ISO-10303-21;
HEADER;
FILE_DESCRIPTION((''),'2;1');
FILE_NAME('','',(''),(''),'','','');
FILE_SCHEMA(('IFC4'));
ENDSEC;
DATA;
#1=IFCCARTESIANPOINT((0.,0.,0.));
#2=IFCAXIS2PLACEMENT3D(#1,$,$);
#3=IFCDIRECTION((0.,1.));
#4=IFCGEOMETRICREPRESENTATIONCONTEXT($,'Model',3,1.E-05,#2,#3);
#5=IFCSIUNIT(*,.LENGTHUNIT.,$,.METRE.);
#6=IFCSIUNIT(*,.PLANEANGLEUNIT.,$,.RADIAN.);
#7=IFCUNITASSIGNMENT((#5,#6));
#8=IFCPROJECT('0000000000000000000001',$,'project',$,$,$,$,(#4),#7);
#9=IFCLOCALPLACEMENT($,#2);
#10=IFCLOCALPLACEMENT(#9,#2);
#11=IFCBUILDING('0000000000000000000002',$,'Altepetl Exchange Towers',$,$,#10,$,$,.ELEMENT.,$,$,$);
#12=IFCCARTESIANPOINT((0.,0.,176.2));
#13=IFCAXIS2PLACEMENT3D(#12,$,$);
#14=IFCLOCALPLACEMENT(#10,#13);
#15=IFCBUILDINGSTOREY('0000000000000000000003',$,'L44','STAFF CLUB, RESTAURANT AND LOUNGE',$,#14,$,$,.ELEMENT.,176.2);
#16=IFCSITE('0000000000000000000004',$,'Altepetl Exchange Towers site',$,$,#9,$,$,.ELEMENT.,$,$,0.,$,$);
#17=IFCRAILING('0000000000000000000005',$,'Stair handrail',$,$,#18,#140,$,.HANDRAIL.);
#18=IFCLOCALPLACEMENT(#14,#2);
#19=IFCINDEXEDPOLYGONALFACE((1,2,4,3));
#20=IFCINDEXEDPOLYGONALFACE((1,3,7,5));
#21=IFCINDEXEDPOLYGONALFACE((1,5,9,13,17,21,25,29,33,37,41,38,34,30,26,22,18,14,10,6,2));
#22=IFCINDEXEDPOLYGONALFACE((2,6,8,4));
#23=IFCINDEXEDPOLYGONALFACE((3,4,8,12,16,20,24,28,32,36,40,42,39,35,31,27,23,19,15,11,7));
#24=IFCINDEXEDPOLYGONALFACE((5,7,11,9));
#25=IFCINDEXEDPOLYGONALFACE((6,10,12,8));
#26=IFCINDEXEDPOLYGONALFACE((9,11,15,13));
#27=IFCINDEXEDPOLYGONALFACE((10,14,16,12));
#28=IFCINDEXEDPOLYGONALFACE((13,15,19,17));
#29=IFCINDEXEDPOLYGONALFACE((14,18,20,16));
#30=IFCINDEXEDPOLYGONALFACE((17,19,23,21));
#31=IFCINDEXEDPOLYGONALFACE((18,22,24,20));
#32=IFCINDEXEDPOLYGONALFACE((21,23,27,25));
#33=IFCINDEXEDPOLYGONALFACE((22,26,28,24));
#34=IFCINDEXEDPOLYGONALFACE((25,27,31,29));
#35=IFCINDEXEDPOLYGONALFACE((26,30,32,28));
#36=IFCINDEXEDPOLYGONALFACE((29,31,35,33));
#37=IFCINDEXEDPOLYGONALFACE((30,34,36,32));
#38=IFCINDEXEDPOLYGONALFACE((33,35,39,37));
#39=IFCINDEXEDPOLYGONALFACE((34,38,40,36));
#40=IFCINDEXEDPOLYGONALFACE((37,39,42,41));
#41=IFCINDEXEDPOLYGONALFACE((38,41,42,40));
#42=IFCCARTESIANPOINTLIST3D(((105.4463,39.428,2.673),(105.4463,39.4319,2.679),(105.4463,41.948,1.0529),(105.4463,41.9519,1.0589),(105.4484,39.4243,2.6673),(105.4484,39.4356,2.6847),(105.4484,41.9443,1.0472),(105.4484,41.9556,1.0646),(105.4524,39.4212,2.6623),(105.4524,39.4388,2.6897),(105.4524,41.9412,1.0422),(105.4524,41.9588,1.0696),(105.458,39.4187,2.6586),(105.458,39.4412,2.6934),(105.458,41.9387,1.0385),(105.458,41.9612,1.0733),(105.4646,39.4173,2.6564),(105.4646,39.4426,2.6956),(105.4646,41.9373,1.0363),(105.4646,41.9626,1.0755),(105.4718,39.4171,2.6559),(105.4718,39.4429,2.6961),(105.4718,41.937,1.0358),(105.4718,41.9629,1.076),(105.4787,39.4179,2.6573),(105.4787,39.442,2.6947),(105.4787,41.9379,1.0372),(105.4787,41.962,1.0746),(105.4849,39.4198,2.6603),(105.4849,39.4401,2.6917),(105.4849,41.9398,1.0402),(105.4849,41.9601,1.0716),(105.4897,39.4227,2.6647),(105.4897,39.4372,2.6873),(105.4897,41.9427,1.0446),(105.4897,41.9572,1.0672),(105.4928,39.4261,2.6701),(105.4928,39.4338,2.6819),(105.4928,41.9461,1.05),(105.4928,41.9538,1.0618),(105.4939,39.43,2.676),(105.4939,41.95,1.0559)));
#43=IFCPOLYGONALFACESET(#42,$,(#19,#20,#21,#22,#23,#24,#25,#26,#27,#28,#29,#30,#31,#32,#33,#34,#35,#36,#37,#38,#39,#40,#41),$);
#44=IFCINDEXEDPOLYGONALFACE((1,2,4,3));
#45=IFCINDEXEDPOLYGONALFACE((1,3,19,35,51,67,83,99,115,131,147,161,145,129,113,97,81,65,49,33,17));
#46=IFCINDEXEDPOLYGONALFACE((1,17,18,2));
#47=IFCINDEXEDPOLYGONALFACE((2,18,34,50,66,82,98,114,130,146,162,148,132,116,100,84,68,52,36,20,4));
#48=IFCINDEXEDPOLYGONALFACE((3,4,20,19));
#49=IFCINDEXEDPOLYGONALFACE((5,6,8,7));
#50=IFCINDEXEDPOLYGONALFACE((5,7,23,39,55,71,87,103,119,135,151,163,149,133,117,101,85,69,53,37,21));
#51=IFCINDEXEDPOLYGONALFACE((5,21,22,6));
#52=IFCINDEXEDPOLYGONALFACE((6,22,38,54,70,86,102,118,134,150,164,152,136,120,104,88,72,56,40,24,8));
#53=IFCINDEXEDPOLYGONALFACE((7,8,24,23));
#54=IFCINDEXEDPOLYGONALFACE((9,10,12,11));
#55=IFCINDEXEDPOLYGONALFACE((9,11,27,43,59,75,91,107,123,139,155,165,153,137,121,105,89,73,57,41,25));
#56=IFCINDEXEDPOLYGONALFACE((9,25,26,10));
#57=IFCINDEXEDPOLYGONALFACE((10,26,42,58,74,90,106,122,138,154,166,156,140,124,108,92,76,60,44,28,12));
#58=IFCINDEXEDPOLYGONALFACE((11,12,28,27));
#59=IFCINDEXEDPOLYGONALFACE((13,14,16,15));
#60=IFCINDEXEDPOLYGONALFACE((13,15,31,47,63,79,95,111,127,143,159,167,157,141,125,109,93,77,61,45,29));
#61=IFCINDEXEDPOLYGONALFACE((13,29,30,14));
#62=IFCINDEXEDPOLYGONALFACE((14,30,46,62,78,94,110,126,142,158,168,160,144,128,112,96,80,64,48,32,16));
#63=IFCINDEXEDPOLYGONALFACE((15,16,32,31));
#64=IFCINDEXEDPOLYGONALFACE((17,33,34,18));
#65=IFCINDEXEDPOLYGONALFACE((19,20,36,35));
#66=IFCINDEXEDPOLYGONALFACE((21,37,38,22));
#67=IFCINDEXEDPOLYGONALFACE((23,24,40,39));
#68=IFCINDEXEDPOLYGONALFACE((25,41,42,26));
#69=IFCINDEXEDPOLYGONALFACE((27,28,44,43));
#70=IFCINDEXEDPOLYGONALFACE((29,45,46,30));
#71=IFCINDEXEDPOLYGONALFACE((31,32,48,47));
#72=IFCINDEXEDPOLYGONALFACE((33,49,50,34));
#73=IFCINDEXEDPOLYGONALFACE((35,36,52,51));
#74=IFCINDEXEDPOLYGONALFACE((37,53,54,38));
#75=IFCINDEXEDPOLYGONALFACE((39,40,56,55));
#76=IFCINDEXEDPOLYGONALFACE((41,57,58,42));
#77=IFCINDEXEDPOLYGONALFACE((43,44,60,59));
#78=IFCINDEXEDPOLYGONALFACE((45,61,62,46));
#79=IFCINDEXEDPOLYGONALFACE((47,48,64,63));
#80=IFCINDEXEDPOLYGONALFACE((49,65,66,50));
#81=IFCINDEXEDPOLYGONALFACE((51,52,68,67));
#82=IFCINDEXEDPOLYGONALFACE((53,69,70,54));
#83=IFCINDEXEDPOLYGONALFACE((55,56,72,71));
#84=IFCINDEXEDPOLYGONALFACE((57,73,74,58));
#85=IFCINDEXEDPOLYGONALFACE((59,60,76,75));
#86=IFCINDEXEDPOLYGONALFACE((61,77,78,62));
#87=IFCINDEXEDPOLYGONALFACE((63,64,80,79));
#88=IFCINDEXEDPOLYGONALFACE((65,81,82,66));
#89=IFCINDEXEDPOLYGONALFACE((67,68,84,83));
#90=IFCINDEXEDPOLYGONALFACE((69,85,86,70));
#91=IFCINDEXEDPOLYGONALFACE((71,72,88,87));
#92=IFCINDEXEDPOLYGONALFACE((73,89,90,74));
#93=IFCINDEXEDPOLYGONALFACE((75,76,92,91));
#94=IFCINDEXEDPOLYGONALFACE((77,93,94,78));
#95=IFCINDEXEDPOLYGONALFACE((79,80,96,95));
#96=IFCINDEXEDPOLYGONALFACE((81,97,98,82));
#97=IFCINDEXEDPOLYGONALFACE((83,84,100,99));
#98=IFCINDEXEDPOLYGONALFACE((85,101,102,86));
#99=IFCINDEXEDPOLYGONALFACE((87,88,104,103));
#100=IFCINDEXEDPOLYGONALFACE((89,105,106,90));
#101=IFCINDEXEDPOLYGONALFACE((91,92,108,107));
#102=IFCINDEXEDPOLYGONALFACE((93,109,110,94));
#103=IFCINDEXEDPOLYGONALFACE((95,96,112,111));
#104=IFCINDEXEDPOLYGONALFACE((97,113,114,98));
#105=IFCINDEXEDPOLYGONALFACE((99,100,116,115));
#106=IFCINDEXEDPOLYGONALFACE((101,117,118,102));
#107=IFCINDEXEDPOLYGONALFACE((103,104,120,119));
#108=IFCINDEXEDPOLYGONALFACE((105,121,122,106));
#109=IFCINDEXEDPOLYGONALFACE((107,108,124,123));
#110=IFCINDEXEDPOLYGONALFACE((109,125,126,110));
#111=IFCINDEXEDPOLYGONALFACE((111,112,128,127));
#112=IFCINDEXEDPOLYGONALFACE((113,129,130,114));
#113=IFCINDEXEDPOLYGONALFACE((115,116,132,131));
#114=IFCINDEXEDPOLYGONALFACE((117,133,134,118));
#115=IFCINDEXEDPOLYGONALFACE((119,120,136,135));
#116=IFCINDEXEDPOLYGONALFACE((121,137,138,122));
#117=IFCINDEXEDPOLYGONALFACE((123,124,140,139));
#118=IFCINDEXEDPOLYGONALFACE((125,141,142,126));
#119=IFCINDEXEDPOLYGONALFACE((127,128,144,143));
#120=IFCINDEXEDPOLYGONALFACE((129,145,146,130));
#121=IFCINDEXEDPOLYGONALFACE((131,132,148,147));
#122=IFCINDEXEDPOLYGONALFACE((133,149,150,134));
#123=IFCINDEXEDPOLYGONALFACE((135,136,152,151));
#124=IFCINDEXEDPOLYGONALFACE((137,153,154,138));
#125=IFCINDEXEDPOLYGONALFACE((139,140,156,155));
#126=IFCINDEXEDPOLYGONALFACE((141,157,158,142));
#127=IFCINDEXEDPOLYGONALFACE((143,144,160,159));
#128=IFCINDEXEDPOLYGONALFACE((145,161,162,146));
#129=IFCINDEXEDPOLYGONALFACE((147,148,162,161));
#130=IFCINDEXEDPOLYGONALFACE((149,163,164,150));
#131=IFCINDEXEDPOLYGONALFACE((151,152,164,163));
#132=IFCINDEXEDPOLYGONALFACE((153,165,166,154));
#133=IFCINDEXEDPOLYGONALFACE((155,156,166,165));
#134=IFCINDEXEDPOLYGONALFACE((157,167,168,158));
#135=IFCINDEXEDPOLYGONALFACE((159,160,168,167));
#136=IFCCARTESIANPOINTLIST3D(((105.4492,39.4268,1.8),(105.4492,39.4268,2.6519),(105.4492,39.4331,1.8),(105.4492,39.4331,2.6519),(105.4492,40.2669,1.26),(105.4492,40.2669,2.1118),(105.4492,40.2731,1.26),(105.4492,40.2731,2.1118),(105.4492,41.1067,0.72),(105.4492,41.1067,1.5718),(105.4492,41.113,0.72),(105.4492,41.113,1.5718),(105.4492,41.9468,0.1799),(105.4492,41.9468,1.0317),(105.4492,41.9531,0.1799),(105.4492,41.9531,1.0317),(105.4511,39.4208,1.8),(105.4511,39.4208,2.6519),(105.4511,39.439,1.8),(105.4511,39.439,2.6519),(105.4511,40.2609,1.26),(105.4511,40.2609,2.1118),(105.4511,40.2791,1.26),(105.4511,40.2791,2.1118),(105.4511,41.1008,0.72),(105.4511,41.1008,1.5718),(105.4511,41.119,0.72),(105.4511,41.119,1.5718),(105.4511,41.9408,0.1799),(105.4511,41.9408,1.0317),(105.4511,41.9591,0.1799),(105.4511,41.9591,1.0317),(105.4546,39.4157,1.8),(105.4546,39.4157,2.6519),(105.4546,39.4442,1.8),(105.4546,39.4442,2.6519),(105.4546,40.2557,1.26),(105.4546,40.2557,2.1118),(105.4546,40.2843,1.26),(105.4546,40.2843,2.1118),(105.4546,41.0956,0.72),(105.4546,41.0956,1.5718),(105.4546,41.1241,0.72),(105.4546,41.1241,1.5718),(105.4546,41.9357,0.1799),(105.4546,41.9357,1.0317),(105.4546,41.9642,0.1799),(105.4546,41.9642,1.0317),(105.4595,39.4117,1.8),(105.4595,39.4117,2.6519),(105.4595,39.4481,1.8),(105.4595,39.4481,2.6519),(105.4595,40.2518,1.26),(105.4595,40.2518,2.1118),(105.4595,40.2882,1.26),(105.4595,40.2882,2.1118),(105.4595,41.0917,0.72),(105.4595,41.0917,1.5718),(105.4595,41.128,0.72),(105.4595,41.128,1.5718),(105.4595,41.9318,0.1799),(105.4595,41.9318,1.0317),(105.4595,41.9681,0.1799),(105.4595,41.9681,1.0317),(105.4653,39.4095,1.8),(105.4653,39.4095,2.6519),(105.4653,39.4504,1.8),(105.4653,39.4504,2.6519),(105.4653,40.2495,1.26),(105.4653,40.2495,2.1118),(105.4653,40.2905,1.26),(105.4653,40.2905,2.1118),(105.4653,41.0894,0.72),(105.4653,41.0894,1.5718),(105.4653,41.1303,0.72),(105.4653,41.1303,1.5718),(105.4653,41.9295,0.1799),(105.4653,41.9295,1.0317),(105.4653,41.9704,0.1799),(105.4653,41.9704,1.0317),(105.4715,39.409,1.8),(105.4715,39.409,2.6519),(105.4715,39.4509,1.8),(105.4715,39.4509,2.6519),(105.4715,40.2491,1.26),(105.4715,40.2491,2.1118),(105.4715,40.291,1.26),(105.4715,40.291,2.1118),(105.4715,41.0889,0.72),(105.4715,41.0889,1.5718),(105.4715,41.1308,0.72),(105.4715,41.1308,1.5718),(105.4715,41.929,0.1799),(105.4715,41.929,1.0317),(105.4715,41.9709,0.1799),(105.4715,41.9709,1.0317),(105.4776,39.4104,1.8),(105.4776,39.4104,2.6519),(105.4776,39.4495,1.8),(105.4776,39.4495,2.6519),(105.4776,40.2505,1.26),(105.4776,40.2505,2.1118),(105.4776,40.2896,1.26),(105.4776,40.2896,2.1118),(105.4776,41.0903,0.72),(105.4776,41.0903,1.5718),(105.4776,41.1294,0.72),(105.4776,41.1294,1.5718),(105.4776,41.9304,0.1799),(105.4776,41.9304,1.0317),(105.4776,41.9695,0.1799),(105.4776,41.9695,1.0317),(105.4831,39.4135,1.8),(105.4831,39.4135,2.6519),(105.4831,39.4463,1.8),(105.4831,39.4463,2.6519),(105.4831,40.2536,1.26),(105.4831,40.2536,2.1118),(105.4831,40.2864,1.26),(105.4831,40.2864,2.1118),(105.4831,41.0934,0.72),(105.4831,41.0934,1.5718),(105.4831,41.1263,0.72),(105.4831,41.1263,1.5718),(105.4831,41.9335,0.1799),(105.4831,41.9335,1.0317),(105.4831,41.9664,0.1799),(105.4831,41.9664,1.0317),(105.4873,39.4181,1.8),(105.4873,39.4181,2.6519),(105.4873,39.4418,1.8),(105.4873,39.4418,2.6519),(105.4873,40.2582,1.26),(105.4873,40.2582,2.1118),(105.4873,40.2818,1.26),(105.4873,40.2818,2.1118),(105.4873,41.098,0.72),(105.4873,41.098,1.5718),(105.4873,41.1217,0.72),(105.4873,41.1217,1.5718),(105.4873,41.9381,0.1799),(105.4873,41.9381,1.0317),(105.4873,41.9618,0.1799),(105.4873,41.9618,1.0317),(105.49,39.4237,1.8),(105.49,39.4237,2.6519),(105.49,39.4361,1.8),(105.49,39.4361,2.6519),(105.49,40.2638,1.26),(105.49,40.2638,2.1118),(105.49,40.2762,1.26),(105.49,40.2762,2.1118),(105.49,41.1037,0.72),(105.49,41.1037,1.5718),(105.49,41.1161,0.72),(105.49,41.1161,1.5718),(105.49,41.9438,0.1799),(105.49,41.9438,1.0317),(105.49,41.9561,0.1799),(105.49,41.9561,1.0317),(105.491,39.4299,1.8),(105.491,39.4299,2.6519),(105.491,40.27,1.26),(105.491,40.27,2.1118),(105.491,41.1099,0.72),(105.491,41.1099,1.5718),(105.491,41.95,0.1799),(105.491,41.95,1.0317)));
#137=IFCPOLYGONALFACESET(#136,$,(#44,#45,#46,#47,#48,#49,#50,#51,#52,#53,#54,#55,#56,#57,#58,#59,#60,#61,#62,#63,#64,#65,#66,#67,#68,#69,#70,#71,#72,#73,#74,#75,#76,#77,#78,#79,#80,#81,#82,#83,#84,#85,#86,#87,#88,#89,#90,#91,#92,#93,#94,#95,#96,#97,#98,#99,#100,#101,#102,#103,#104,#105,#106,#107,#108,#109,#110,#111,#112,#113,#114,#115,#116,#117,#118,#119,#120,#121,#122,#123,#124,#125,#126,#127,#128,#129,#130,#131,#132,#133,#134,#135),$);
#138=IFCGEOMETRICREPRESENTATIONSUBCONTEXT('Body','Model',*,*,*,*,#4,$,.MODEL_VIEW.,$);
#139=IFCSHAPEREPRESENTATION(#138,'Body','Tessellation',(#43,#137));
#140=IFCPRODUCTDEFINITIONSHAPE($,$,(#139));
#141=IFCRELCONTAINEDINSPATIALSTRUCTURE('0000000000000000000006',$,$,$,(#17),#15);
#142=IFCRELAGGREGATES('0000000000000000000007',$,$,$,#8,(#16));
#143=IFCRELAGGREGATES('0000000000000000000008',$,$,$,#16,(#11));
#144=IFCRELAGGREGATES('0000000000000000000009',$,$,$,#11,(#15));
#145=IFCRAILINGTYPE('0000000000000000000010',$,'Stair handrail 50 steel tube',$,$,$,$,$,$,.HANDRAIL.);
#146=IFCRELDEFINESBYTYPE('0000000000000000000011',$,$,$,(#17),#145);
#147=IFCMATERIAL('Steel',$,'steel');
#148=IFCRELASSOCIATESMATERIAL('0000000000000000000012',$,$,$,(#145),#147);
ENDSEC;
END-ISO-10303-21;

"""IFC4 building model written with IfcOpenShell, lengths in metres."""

from ifc_helpers import new_model, si_unit, direction, frame, origin, origin_2d, place, context, subcontext, project, spatial, circle, extrude, source, transform, mapped, material, type_object, element, save


model = new_model("IFC4")

# Units and contexts
model_context = context("Model", 3, precision=1e-05, world=origin(), true_north=direction((0.0, 1.0)))
body_context = subcontext(model_context, "Body", "Model", "MODEL_VIEW")
ifc_project = project(units=[si_unit("LENGTHUNIT", "METRE"), si_unit("PLANEANGLEUNIT", "RADIAN")], contexts=[model_context])

# Site, building, storey
site_placement = place(None, origin())
site = spatial("IfcSite", under=ifc_project, at=site_placement, Name="Altepetl Exchange Towers site", CompositionType="ELEMENT", RefElevation=0.0)
building_placement = place(site_placement, origin())
building = spatial("IfcBuilding", under=site, at=building_placement, Name="Altepetl Exchange Towers", CompositionType="ELEMENT")
storey_placement = place(building_placement, frame((0.0, 0.0, 176.2)))
storey = spatial("IfcBuildingStorey", under=building, at=storey_placement, Name="L44", Description="STAFF CLUB, RESTAURANT AND LOUNGE", CompositionType="ELEMENT", Elevation=176.2)

# Railing
ifc_material_1 = material(Name="Steel", Category="steel")
railing_type = type_object("IfcRailingType", Name="Stair handrail 50 steel tube", PredefinedType="HANDRAIL", material=ifc_material_1)
shared_shape = source(origin(), body_context, "Body", "SweptSolid", [
    extrude(circle(Radius=0.021, at=origin_2d()), origin(), (0.0, 0.0, 1.0), 0.8518),
])
railing_1_placement = place(storey_placement, frame((105.47, 41.95, 0.1799)))
element("IfcRailing", 1, at=railing_1_placement, inside=storey, type_object=railing_type, Name="Stair handrail", PredefinedType="HANDRAIL", context=body_context, shape_type="SweptSolid", body=[
    extrude(circle(Radius=0.0239, at=origin_2d()), frame((0.0, 0.0, 0.876), z_axis=(0.0, -0.841163, 0.540782), x_axis=(1.0, 0.0, 0.0)), (0.0, 0.0, 1.0), 2.9958),
    mapped(shared_shape, transform((0.0, 0.0, 0.0))),
    mapped(shared_shape, transform((0.0, -0.8401, 0.54))),
    mapped(shared_shape, transform((0.0, -1.6799, 1.0801))),
    mapped(shared_shape, transform((0.0, -2.52, 1.6201))),
])

save(model, "model.ifc")
